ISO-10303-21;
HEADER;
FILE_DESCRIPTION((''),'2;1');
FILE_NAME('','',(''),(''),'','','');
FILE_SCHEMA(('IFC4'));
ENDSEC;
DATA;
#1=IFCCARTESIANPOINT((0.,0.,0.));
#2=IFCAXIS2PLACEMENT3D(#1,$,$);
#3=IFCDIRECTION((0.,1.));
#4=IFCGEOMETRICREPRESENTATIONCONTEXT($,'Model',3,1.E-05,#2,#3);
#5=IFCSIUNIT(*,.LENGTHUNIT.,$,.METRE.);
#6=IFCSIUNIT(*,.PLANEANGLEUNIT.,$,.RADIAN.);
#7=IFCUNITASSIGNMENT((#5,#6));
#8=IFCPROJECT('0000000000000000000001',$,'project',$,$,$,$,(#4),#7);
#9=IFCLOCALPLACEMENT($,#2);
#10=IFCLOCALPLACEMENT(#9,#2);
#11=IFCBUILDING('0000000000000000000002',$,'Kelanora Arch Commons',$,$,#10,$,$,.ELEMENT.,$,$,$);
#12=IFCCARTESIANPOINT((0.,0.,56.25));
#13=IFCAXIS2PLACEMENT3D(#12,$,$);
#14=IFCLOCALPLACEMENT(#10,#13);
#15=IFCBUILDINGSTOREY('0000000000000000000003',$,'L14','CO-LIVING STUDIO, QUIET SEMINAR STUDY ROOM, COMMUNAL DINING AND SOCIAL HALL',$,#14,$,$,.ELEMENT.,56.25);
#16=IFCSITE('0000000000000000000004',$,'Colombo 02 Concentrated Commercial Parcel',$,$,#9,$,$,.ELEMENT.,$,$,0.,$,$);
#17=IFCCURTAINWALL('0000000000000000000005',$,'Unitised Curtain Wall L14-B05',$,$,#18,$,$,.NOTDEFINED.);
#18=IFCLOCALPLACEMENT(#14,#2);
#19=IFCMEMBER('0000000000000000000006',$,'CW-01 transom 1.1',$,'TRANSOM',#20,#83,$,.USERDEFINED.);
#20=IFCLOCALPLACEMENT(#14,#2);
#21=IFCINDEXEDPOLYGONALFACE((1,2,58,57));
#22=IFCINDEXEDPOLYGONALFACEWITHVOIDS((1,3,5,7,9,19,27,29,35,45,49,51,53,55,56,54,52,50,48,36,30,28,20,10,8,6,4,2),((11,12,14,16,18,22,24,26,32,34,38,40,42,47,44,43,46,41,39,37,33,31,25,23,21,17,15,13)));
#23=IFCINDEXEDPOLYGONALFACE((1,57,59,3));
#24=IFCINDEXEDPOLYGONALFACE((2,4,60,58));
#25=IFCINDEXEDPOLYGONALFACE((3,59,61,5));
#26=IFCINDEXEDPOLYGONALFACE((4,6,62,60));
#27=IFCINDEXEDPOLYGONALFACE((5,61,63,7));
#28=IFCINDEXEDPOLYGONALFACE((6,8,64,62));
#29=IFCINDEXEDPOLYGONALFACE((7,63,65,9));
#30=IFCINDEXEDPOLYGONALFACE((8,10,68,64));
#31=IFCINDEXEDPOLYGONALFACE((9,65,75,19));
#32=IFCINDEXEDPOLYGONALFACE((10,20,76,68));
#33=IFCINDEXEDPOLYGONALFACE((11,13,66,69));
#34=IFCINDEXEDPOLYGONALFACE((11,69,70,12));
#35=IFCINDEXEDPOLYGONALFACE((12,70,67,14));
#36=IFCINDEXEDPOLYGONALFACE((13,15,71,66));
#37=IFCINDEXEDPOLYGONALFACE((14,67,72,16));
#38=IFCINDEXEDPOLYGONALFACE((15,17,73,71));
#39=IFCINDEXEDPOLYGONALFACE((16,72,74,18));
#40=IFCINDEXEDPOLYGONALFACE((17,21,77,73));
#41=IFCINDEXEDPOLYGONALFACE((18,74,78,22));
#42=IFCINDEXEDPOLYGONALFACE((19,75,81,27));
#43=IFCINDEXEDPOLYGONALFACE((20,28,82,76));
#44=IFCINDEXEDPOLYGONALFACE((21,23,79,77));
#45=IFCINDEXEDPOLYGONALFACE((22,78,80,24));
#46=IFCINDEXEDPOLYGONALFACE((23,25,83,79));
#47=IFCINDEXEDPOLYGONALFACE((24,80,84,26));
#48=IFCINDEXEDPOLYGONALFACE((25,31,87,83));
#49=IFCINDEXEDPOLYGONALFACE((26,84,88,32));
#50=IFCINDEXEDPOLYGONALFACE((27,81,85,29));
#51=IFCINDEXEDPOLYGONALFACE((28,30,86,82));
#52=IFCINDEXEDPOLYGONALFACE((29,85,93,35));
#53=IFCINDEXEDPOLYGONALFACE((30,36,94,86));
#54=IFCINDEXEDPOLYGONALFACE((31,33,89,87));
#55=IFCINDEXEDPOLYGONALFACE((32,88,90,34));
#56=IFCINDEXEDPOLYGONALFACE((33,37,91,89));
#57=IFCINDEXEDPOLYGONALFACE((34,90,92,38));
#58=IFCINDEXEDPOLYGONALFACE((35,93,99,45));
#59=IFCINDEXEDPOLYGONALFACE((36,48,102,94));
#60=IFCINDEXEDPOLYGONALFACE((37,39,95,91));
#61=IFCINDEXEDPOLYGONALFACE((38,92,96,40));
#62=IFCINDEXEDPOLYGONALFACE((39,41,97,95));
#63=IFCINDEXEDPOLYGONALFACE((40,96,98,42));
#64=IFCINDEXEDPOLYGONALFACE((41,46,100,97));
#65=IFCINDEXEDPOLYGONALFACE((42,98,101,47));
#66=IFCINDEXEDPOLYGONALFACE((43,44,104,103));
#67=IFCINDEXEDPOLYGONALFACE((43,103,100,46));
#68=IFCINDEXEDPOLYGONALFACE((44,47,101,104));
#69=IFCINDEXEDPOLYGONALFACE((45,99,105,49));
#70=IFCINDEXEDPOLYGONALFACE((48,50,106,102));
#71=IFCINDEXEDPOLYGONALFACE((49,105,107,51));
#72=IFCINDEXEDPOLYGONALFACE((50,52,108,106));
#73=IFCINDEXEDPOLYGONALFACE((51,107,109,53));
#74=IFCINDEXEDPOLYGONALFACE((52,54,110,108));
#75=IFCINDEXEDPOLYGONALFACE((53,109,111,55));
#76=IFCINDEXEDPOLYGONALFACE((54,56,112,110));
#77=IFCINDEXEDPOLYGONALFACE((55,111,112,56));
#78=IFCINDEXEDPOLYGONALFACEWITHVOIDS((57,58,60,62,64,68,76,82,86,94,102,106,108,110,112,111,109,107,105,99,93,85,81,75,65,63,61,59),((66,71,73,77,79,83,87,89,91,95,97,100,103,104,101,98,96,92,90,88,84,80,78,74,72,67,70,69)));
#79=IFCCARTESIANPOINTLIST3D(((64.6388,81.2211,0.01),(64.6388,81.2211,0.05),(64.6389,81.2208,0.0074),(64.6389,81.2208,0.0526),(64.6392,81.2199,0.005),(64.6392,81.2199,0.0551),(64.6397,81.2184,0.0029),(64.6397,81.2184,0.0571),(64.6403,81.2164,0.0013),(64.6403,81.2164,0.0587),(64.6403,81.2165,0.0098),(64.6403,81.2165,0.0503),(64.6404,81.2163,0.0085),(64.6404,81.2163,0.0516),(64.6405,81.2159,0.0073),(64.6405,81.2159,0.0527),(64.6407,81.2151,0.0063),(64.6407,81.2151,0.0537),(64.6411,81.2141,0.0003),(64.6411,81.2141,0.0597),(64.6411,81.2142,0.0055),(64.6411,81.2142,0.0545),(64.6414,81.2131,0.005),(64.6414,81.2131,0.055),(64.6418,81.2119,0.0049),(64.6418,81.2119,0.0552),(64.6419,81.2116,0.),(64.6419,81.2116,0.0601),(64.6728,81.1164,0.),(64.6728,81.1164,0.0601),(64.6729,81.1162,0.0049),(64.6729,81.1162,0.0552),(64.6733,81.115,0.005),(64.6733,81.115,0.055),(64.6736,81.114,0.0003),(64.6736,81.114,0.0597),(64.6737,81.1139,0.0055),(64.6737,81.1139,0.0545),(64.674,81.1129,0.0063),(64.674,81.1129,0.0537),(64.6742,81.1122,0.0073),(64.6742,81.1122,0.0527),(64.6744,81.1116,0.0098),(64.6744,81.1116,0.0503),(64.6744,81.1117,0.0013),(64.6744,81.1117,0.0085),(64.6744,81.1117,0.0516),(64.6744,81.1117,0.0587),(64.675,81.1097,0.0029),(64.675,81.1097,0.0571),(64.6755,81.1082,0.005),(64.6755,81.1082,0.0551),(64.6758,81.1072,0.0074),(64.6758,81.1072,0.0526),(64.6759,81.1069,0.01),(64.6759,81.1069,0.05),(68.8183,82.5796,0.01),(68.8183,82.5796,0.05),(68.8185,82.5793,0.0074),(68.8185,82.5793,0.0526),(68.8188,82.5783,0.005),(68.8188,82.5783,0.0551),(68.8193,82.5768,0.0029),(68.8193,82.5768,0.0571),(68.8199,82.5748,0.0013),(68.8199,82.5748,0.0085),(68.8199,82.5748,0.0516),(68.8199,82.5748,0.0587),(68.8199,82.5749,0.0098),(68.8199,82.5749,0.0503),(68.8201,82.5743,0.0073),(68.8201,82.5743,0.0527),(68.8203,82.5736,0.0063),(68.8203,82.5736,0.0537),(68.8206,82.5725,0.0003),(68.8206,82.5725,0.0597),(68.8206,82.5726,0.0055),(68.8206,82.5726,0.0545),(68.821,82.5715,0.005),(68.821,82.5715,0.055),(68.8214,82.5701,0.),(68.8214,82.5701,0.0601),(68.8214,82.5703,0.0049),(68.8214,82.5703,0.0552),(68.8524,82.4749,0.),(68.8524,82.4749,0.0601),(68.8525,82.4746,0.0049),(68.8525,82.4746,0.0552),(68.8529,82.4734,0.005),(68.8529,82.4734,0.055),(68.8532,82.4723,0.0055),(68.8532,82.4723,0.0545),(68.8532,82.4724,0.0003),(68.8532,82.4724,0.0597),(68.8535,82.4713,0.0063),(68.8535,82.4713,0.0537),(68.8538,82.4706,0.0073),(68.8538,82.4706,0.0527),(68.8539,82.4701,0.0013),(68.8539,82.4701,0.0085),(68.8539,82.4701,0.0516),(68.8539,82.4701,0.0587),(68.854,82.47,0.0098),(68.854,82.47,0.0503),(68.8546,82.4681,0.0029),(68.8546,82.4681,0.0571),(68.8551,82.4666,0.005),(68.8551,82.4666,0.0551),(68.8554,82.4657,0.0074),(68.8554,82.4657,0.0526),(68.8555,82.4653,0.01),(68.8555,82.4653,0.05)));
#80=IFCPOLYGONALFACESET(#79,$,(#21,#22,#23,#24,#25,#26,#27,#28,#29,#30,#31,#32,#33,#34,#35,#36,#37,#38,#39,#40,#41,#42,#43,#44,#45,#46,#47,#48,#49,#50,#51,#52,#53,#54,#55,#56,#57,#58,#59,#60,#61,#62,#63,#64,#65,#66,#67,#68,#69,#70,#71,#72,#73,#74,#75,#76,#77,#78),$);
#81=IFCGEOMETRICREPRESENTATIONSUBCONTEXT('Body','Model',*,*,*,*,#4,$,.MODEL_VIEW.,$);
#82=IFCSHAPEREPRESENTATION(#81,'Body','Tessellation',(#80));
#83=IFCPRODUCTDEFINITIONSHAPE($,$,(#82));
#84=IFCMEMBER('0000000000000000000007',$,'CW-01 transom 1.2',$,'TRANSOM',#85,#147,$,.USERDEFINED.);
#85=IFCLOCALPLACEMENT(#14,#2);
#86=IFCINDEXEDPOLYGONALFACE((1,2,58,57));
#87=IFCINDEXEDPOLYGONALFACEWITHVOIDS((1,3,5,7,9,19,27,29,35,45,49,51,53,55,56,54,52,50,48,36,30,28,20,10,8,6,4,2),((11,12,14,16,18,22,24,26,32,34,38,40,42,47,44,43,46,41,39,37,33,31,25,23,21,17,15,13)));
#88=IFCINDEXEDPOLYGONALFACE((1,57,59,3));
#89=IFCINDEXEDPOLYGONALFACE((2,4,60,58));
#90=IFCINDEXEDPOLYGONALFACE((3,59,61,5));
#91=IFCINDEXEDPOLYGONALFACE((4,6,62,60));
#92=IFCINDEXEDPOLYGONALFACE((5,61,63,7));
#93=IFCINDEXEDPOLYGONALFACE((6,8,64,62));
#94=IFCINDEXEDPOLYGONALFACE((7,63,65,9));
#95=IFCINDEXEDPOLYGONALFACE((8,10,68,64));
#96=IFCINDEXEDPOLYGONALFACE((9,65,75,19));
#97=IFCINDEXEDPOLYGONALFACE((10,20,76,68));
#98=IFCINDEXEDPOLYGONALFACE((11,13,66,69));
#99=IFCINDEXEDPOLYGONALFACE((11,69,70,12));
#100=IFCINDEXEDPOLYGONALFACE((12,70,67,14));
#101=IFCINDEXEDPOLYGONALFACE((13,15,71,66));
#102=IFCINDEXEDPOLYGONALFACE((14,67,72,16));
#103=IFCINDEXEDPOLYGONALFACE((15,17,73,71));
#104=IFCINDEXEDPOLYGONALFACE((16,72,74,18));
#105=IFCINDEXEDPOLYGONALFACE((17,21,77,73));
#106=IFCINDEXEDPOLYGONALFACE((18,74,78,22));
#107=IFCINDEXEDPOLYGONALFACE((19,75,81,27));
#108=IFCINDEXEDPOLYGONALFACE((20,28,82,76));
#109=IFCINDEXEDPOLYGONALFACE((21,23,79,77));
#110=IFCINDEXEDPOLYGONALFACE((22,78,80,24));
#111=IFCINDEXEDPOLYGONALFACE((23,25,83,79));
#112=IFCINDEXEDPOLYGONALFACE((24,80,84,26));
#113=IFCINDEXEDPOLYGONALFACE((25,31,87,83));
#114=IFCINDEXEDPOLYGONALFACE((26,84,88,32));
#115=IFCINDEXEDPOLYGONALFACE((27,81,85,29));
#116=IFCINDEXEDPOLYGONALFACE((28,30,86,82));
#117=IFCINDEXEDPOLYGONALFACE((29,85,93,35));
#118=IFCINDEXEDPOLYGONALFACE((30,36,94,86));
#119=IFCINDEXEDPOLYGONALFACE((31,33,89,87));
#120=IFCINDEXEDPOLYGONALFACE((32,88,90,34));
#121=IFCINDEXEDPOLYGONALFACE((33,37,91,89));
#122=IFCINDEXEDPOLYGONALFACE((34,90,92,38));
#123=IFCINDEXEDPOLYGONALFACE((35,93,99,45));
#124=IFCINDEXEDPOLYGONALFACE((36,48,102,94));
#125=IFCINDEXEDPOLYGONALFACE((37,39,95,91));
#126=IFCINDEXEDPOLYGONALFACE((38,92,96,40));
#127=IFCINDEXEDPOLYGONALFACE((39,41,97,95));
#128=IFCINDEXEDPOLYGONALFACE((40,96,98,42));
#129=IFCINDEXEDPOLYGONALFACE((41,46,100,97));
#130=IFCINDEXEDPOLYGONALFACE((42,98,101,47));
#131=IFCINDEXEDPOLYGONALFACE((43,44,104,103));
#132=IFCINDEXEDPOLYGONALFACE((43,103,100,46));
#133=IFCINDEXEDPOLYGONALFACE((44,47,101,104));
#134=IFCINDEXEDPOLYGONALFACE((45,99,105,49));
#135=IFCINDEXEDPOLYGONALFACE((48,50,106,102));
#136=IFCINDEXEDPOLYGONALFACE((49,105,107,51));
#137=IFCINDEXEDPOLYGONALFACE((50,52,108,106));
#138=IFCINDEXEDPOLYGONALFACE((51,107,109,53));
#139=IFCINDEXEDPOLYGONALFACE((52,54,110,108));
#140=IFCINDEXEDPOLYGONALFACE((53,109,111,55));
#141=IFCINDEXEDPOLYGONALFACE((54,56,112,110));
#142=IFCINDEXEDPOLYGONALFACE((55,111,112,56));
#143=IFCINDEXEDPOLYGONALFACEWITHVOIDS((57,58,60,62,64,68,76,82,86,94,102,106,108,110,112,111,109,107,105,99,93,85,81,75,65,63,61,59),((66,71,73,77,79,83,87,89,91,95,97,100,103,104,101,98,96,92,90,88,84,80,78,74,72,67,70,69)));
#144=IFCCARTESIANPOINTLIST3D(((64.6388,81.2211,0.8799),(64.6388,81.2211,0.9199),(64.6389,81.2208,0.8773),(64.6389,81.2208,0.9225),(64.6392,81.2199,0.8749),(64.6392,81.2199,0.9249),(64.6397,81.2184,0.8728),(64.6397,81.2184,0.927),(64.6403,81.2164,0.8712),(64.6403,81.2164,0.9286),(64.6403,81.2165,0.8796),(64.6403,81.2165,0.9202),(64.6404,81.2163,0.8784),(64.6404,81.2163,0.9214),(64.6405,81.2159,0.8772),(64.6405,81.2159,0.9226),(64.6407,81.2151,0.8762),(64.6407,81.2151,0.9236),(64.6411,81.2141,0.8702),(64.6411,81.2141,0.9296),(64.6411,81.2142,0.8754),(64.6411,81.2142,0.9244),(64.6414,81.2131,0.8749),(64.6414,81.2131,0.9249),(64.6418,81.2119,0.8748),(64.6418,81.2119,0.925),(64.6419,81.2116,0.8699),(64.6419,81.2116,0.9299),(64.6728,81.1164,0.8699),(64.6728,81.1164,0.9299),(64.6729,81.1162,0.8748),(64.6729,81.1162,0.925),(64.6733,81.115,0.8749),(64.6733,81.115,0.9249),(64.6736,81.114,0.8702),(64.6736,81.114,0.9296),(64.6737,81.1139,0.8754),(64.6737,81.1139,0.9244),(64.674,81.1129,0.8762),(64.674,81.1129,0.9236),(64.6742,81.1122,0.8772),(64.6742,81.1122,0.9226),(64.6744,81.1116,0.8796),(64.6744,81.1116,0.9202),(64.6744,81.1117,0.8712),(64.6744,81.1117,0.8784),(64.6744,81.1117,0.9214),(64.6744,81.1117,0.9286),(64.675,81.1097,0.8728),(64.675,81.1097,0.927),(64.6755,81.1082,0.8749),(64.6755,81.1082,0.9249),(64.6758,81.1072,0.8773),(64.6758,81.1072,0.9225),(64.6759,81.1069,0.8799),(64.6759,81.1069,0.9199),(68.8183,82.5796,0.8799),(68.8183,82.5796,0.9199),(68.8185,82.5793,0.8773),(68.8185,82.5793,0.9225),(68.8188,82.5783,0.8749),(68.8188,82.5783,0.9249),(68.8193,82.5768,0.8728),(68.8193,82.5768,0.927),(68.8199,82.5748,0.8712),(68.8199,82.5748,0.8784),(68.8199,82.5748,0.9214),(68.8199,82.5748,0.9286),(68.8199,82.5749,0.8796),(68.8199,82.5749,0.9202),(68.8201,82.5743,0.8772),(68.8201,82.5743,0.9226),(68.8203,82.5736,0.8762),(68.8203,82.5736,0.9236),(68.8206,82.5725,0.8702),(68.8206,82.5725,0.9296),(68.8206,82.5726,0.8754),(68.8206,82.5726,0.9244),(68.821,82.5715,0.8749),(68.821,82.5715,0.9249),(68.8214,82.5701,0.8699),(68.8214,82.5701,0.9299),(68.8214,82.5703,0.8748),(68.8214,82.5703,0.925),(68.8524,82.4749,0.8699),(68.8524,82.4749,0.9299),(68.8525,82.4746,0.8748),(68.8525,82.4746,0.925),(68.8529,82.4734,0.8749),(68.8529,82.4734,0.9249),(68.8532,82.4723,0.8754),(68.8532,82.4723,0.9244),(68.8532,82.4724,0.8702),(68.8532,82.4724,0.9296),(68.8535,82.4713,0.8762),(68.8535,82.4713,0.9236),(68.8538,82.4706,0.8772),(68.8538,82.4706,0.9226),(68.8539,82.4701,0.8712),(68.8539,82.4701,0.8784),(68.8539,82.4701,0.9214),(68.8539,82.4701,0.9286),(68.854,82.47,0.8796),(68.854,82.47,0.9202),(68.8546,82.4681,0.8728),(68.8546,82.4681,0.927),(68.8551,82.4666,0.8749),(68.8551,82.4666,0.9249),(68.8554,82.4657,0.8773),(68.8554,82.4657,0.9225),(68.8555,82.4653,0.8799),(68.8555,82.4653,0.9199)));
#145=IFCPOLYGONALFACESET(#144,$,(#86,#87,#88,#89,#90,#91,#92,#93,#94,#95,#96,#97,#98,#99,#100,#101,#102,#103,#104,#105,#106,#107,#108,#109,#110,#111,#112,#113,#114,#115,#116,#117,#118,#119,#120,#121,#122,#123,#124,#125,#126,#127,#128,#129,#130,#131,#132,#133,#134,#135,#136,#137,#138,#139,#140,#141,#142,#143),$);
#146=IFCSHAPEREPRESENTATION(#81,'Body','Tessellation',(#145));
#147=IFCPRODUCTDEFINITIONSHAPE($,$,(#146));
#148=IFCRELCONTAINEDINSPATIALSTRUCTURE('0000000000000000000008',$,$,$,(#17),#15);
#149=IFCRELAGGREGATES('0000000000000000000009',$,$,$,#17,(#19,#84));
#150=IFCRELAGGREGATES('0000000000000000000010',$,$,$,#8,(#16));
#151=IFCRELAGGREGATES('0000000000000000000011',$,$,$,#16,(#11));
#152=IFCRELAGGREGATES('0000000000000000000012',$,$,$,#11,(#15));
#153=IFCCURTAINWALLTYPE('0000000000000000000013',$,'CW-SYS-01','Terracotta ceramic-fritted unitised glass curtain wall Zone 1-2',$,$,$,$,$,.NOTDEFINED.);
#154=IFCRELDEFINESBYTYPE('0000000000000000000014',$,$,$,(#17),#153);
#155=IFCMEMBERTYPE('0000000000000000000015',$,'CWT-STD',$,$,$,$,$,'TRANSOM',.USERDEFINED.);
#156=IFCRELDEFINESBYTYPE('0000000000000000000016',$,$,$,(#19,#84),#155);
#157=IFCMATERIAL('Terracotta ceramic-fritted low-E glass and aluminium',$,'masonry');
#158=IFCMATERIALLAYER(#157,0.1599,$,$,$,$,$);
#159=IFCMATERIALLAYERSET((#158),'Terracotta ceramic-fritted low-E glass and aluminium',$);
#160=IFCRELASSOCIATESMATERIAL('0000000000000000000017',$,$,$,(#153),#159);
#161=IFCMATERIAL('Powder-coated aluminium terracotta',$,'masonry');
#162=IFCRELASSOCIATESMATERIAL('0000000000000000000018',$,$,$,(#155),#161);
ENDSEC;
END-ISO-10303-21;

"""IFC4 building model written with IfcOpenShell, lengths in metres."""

from ifc_helpers import new_model, si_unit, direction, frame, origin, origin_2d, place, context, subcontext, project, spatial, hollow_rectangle, extrude, material, layer, layer_set, material_profile, profile_set, type_object, element, aggregate, save


model = new_model("IFC4")

# Units and contexts
model_context = context("Model", 3, precision=1e-05, world=origin(), true_north=direction((0.0, 1.0)))
body_context = subcontext(model_context, "Body", "Model", "MODEL_VIEW")
ifc_project = project(units=[si_unit("LENGTHUNIT", "METRE"), si_unit("PLANEANGLEUNIT", "RADIAN")], contexts=[model_context])

# Site, building, storey
site_placement = place(None, origin())
site = spatial("IfcSite", under=ifc_project, at=site_placement, Name="Colombo 02 Concentrated Commercial Parcel", CompositionType="ELEMENT", RefElevation=0.0)
building_placement = place(site_placement, origin())
building = spatial("IfcBuilding", under=site, at=building_placement, Name="Kelanora Arch Commons", CompositionType="ELEMENT")
storey_placement = place(building_placement, frame((0.0, 0.0, 56.25)))
storey = spatial("IfcBuildingStorey", under=building, at=storey_placement, Name="L14", Description="CO-LIVING STUDIO, QUIET SEMINAR STUDY ROOM, COMMUNAL DINING AND SOCIAL HALL", CompositionType="ELEMENT", Elevation=56.25)

# Curtain wall, members
ifc_material_1 = material(Name="Terracotta ceramic-fritted low-E glass and aluminium", Category="masonry")
ifc_layer_1 = layer(ifc_material_1, 0.1599)
ifc_layer_set_1 = layer_set([ifc_layer_1], Name="Terracotta ceramic-fritted low-E glass and aluminium")
curtain_wall_type = type_object("IfcCurtainWallType", Name="CW-SYS-01", Description="Terracotta ceramic-fritted unitised glass curtain wall Zone 1-2", PredefinedType="NOTDEFINED", material=ifc_layer_set_1)
curtain_wall_placement = place(storey_placement, origin())
curtain_wall = element("IfcCurtainWall", 1, at=curtain_wall_placement, inside=storey, type_object=curtain_wall_type, Name="Unitised Curtain Wall L14-B05", PredefinedType="NOTDEFINED")
ifc_material_2 = material(Name="Powder-coated aluminium terracotta", Category="masonry")
ifc_material_profile_1 = material_profile(ifc_material_2, hollow_rectangle(XDim=0.1201, YDim=0.0601, WallThickness=0.0049, InnerFilletRadius=0.0049, OuterFilletRadius=0.01, at=origin_2d()), Name="CWT120x60")
ifc_profile_set_1 = profile_set([ifc_material_profile_1], Name="Powder-coated aluminium terracotta")
member_type_1 = type_object("IfcMemberType", Name="CWT-STD", ElementType="TRANSOM", PredefinedType="USERDEFINED", material=ifc_profile_set_1)
member_1_placement = place(storey_placement, frame((68.8369, 82.5225, 0.03), z_axis=(-0.951029, -0.309102, 0.0), x_axis=(0.309102, -0.951029, 0.0)))
member_1 = element("IfcMember", 2, at=member_1_placement, type_object=member_type_1, Name="CW-01 transom 1.1", ObjectType="TRANSOM", PredefinedType="USERDEFINED", context=body_context, shape_type="SweptSolid", body=[
    extrude(hollow_rectangle(XDim=0.1201, YDim=0.0601, WallThickness=0.0049, InnerFilletRadius=0.0049, OuterFilletRadius=0.01, at=origin_2d()), origin(), (0.0, 0.0, 1.0), 4.3948),
])
member_2_placement = place(storey_placement, frame((68.8369, 82.5225, 0.8999), z_axis=(-0.951029, -0.309102, 0.0), x_axis=(0.309102, -0.951029, 0.0)))
member_2 = element("IfcMember", 3, at=member_2_placement, type_object=member_type_1, Name="CW-01 transom 1.2", ObjectType="TRANSOM", PredefinedType="USERDEFINED", context=body_context, shape_type="SweptSolid", body=[
    extrude(hollow_rectangle(XDim=0.1201, YDim=0.0601, WallThickness=0.0049, InnerFilletRadius=0.0049, OuterFilletRadius=0.01, at=origin_2d()), origin(), (0.0, 0.0, 1.0), 4.3948),
])
aggregate(curtain_wall, [member_1, member_2])

save(model, "model.ifc")
